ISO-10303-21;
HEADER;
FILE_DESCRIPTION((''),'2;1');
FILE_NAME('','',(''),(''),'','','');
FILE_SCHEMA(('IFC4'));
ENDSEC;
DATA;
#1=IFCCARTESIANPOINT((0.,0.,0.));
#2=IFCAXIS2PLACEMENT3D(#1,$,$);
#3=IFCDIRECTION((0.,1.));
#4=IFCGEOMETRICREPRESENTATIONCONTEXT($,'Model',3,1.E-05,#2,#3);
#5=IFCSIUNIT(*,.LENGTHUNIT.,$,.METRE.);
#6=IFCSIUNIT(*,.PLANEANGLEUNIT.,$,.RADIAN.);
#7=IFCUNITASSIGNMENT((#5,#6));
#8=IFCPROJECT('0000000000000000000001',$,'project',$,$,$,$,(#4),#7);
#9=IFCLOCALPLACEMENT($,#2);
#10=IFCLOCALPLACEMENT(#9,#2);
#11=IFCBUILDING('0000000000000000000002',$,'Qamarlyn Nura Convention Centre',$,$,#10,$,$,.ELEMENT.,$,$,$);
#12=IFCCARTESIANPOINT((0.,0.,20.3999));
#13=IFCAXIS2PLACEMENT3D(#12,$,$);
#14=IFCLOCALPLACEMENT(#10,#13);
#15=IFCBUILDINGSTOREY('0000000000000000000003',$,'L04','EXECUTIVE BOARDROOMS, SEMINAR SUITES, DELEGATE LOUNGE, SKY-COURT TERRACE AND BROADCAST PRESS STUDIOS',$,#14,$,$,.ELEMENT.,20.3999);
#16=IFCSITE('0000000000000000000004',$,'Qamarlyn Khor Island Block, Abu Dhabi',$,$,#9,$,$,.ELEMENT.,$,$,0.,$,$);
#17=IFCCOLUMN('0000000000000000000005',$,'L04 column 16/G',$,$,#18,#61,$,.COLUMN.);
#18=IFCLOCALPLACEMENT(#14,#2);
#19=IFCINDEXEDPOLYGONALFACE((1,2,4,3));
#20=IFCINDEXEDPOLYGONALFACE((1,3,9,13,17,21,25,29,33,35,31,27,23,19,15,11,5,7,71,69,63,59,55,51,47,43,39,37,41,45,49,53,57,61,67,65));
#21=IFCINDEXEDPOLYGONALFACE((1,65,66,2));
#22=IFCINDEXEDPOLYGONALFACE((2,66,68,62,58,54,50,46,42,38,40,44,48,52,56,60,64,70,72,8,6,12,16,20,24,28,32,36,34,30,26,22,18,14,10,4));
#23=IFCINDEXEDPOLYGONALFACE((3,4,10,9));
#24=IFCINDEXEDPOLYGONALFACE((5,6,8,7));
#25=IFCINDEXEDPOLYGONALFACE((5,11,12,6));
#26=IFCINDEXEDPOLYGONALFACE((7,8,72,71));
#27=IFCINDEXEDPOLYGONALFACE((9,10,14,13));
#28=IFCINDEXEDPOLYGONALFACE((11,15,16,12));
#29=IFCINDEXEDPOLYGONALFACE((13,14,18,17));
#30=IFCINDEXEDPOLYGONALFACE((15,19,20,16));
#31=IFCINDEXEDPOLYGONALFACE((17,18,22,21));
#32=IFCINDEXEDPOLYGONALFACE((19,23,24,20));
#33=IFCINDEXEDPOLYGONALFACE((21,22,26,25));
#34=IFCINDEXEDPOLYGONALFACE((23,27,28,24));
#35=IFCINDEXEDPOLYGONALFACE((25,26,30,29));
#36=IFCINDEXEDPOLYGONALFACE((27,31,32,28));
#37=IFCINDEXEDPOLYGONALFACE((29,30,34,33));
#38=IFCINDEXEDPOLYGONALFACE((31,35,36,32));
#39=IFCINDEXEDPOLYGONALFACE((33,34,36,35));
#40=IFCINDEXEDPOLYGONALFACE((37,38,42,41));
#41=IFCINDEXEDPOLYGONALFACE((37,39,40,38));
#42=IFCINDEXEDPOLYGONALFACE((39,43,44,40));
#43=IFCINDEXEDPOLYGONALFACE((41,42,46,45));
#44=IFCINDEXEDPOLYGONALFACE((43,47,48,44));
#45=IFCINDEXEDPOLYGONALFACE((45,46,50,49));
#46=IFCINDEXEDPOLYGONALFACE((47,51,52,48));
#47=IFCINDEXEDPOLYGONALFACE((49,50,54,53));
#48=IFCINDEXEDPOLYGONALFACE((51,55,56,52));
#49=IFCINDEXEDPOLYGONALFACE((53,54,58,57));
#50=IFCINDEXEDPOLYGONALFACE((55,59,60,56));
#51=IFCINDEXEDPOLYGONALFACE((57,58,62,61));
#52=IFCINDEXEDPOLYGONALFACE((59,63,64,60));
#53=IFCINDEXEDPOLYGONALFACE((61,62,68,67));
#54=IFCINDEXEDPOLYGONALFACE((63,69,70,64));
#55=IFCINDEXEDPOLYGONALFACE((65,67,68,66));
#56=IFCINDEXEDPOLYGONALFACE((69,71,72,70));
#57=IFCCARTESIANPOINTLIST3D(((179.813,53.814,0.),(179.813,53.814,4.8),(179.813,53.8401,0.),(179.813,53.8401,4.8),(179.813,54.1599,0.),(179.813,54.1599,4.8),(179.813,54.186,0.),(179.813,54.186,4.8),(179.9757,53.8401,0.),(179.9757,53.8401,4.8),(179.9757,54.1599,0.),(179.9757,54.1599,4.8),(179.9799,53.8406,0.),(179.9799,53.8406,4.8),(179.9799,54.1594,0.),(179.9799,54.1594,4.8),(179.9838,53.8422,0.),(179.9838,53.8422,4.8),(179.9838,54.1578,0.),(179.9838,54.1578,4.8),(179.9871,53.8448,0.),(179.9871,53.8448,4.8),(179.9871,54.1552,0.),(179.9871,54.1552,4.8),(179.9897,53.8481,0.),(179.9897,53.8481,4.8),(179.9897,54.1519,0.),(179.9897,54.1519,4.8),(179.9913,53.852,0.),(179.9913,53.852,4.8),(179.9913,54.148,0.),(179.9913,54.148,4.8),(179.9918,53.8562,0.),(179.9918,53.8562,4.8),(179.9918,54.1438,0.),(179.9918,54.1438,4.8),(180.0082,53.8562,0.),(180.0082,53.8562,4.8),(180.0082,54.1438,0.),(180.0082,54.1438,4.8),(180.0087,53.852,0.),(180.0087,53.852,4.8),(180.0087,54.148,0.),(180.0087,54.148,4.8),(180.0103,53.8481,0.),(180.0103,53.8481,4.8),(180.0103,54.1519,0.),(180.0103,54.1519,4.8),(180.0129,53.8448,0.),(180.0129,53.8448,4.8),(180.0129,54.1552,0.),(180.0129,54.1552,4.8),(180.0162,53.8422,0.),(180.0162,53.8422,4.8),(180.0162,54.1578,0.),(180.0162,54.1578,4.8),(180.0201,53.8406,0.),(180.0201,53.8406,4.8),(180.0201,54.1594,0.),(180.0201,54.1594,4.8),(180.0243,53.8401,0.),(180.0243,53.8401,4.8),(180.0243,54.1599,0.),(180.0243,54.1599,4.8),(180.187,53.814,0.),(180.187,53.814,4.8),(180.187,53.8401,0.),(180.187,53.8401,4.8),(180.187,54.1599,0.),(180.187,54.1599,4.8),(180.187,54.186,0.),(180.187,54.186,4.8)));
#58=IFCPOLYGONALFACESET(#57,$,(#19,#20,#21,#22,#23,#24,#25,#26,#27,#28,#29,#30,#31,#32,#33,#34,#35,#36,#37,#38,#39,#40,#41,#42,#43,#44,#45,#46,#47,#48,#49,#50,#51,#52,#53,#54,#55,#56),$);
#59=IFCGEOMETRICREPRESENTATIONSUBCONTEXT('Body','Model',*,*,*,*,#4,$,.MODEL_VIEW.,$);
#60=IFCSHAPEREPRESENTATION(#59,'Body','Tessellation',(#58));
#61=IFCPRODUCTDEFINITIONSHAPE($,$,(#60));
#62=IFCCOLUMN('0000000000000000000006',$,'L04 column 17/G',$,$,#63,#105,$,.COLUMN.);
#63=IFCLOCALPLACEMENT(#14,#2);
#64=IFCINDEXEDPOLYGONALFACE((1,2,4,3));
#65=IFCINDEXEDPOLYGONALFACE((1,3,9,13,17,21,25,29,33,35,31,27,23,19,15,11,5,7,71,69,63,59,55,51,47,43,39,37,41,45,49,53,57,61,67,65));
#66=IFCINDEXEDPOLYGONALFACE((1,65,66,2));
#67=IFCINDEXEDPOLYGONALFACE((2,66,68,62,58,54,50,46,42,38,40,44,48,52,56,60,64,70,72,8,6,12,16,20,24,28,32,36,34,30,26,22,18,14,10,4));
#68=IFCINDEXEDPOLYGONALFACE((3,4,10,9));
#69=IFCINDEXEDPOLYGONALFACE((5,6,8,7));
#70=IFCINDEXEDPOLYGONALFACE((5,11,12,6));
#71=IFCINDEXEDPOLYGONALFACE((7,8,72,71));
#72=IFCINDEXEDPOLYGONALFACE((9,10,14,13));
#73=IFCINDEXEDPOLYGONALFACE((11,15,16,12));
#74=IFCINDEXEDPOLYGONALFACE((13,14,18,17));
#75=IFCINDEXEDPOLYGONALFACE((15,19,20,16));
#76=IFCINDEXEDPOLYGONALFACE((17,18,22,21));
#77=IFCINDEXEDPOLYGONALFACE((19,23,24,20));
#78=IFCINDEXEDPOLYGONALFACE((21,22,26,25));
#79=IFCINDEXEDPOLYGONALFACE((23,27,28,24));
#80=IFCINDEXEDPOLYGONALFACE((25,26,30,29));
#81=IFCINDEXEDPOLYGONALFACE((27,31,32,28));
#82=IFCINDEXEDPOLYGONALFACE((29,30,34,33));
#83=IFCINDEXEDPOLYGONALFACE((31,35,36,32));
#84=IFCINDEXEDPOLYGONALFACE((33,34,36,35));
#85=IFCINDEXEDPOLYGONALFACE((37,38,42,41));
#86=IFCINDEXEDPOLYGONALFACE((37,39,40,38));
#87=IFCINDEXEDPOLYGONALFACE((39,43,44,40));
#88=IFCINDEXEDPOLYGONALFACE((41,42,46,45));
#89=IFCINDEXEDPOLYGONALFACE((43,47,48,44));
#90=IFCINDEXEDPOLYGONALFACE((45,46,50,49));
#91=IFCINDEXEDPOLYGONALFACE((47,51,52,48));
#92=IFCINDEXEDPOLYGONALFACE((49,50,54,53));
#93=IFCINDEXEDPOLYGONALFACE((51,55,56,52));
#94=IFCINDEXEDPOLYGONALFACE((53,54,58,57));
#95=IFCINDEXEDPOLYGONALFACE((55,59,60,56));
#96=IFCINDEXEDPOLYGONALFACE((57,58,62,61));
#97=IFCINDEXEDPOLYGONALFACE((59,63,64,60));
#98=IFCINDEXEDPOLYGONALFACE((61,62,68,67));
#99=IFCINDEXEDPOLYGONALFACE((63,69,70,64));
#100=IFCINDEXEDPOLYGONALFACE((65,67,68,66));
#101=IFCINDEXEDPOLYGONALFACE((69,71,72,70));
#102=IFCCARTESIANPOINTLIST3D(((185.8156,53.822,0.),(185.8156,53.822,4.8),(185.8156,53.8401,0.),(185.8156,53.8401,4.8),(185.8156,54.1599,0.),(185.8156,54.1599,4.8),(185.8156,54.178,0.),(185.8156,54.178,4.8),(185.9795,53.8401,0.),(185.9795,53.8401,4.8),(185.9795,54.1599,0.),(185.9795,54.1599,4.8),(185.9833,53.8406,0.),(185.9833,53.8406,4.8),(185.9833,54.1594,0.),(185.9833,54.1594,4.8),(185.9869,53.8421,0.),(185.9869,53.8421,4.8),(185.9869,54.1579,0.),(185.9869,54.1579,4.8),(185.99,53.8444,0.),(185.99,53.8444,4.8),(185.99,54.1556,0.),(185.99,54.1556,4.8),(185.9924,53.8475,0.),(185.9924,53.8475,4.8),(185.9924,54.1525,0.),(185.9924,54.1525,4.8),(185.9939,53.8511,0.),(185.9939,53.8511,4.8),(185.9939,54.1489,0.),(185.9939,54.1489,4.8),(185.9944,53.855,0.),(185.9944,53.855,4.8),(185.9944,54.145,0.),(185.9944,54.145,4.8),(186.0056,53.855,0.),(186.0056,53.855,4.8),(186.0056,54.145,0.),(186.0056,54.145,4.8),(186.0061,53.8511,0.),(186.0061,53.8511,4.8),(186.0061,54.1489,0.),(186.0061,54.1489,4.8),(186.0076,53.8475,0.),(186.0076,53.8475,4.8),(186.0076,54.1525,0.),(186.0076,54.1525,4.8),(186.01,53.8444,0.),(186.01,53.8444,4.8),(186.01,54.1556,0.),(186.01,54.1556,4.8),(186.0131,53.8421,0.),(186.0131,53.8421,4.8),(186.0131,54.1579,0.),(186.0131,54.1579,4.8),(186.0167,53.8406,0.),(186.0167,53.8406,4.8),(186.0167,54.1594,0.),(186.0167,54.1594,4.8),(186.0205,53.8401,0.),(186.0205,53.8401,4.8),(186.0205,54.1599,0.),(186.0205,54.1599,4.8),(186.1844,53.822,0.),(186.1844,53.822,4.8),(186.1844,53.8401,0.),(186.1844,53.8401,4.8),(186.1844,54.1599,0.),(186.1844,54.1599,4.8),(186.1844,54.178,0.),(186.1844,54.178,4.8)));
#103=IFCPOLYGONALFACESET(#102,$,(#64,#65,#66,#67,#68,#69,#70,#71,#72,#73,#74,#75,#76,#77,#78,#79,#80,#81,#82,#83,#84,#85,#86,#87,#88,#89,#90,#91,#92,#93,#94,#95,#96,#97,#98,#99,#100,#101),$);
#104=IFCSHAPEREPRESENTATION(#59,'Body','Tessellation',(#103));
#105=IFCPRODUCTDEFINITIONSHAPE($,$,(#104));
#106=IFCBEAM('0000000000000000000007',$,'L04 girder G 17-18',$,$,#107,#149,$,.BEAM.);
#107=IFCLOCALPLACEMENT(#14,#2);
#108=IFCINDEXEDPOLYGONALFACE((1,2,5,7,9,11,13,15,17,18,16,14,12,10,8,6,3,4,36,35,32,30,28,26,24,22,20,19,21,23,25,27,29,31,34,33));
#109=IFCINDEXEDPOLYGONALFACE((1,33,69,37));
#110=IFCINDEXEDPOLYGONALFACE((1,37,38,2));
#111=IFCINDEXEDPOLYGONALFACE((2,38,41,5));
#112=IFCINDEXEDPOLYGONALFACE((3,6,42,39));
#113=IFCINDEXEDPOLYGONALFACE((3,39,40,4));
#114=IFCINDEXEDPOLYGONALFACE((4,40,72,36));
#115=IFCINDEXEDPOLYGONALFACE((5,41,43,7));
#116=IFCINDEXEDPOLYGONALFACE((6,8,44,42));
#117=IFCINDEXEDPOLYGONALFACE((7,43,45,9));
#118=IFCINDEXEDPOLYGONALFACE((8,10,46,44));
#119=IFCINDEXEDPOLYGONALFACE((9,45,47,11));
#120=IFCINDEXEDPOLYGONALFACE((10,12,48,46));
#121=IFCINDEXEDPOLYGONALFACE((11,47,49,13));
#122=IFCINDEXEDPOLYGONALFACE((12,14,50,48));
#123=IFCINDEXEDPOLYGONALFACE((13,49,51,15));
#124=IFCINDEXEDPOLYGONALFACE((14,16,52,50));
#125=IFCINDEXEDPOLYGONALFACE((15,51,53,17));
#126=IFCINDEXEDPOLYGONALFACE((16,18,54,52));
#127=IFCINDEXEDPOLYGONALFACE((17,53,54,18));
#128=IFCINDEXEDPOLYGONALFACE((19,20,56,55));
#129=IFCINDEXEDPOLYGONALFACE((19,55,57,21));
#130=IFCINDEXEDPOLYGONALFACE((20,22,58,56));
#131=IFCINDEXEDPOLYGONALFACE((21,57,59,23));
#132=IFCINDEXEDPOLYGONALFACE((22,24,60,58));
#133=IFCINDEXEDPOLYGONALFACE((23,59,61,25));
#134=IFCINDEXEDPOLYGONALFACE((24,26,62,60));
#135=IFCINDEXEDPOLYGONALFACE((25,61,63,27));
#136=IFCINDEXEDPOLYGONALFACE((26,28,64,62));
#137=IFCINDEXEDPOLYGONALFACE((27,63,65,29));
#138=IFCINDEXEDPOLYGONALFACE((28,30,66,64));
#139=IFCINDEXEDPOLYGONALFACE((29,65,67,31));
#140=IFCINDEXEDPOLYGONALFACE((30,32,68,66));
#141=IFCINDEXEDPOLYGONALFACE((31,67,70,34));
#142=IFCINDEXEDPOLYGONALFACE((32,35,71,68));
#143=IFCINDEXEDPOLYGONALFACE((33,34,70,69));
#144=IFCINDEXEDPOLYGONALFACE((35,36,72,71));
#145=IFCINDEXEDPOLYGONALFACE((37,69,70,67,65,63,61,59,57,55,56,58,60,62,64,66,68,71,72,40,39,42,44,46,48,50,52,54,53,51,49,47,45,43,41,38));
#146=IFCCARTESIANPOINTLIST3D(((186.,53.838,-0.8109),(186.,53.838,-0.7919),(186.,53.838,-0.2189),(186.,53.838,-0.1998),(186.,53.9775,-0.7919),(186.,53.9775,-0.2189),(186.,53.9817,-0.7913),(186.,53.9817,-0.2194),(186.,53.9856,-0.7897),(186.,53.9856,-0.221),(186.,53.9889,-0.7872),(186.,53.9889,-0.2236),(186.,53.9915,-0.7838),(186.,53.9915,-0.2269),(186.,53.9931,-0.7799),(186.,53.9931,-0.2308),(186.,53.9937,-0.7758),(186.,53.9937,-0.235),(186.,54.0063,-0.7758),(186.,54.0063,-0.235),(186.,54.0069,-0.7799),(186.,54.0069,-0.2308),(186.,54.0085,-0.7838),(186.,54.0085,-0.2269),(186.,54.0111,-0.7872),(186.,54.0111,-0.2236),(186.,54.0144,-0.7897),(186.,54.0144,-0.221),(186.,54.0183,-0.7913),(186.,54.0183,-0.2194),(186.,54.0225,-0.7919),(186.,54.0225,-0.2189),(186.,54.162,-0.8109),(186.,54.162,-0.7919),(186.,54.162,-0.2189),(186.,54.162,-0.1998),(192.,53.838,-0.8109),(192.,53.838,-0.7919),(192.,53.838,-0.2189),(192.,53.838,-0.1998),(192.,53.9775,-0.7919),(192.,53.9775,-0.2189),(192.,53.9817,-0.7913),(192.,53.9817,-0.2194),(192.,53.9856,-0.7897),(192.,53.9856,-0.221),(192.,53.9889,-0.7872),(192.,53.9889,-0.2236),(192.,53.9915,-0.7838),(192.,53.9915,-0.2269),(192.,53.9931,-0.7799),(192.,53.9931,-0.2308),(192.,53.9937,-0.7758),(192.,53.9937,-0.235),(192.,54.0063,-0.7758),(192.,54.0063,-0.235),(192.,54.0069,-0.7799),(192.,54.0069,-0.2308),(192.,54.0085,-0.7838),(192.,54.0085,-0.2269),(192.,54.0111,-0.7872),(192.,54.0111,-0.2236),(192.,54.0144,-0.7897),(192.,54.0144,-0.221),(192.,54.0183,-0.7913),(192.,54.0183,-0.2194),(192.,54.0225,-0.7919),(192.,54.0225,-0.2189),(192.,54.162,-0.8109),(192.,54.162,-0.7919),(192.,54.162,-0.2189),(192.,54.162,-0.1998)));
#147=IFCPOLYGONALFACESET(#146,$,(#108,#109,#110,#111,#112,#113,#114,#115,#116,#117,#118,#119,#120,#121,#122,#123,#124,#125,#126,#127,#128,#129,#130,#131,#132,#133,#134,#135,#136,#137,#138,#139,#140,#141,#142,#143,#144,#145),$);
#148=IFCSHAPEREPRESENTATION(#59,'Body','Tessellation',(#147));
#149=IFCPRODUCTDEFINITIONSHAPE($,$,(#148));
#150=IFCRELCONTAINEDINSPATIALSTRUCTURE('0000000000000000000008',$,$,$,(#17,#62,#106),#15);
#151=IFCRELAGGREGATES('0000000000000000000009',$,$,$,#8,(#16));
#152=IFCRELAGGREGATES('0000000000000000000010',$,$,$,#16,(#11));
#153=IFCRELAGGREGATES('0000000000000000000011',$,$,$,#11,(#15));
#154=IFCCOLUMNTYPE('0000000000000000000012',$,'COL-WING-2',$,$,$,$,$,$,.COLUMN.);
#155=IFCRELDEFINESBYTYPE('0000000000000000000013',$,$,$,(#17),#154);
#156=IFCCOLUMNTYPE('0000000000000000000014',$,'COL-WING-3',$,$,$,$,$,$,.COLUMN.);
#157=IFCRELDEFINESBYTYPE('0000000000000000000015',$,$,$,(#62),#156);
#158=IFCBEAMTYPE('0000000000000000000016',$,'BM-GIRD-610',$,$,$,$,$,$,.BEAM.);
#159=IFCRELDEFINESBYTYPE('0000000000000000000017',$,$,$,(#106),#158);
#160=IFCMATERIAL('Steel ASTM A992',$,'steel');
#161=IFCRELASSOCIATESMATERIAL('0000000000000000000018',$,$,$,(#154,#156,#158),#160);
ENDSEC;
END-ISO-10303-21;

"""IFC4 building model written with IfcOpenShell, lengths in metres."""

from ifc_helpers import new_model, si_unit, direction, frame, origin, origin_2d, place, context, subcontext, project, spatial, i_section, extrude, material, material_profile, profile_set, type_object, element, save


model = new_model("IFC4")

# Units and contexts
model_context = context("Model", 3, precision=1e-05, world=origin(), true_north=direction((0.0, 1.0)))
body_context = subcontext(model_context, "Body", "Model", "MODEL_VIEW")
ifc_project = project(units=[si_unit("LENGTHUNIT", "METRE"), si_unit("PLANEANGLEUNIT", "RADIAN")], contexts=[model_context])

# Site, building, storey
site_placement = place(None, origin())
site = spatial("IfcSite", under=ifc_project, at=site_placement, Name="Qamarlyn Khor Island Block, Abu Dhabi", CompositionType="ELEMENT", RefElevation=0.0)
building_placement = place(site_placement, origin())
building = spatial("IfcBuilding", under=site, at=building_placement, Name="Qamarlyn Nura Convention Centre", CompositionType="ELEMENT")
storey_placement = place(building_placement, frame((0.0, 0.0, 20.3999)))
storey = spatial("IfcBuildingStorey", under=building, at=storey_placement, Name="L04", Description="EXECUTIVE BOARDROOMS, SEMINAR SUITES, DELEGATE LOUNGE, SKY-COURT TERRACE AND BROADCAST PRESS STUDIOS", CompositionType="ELEMENT", Elevation=20.3999)

# Columns
ifc_material_1 = material(Name="Steel ASTM A992", Category="steel")
ifc_material_profile_1 = material_profile(ifc_material_1, i_section(OverallWidth=0.374, OverallDepth=0.3721, WebThickness=0.0164, FlangeThickness=0.0261, FilletRadius=0.0161, at=origin_2d()), Name="W360X196")
ifc_profile_set_1 = profile_set([ifc_material_profile_1], Name="Steel ASTM A992")
column_type_1 = type_object("IfcColumnType", Name="COL-WING-2", PredefinedType="COLUMN", material=ifc_profile_set_1)
column_1_placement = place(storey_placement, frame((180.0, 54.0, 0.0), z_axis=(0.0, 0.0, 1.0), x_axis=(1.0, 0.0, 0.0)))
element("IfcColumn", 1, at=column_1_placement, inside=storey, type_object=column_type_1, Name="L04 column 16/G", PredefinedType="COLUMN", context=body_context, shape_type="SweptSolid", body=[
    extrude(i_section(OverallWidth=0.374, OverallDepth=0.3721, WebThickness=0.0164, FlangeThickness=0.0261, FilletRadius=0.0161, at=origin_2d()), origin(), (0.0, 0.0, 1.0), 4.8),
])
ifc_material_profile_2 = material_profile(ifc_material_1, i_section(OverallWidth=0.3689, OverallDepth=0.356, WebThickness=0.0112, FlangeThickness=0.0181, FilletRadius=0.0149, at=origin_2d()), Name="W360X134")
ifc_profile_set_2 = profile_set([ifc_material_profile_2], Name="Steel ASTM A992")
column_type_2 = type_object("IfcColumnType", Name="COL-WING-3", PredefinedType="COLUMN", material=ifc_profile_set_2)
column_2_placement = place(storey_placement, frame((186.0, 54.0, 0.0), z_axis=(0.0, 0.0, 1.0), x_axis=(1.0, 0.0, 0.0)))
element("IfcColumn", 2, at=column_2_placement, inside=storey, type_object=column_type_2, Name="L04 column 17/G", PredefinedType="COLUMN", context=body_context, shape_type="SweptSolid", body=[
    extrude(i_section(OverallWidth=0.3689, OverallDepth=0.356, WebThickness=0.0112, FlangeThickness=0.0181, FilletRadius=0.0149, at=origin_2d()), origin(), (0.0, 0.0, 1.0), 4.8),
])

# Beam
ifc_material_profile_3 = material_profile(ifc_material_1, i_section(OverallWidth=0.324, OverallDepth=0.6111, WebThickness=0.0127, FlangeThickness=0.019, FilletRadius=0.0161, at=origin_2d()), Name="W610X155")
ifc_profile_set_3 = profile_set([ifc_material_profile_3], Name="Steel ASTM A992")
beam_type_1 = type_object("IfcBeamType", Name="BM-GIRD-610", PredefinedType="BEAM", material=ifc_profile_set_3)
beam_1_placement = place(storey_placement, frame((186.0, 54.0, -0.5054), z_axis=(1.0, 0.0, 0.0), x_axis=(0.0, 1.0, 0.0)))
element("IfcBeam", 3, at=beam_1_placement, inside=storey, type_object=beam_type_1, Name="L04 girder G 17-18", PredefinedType="BEAM", context=body_context, shape_type="SweptSolid", body=[
    extrude(i_section(OverallWidth=0.324, OverallDepth=0.6111, WebThickness=0.0127, FlangeThickness=0.019, FilletRadius=0.0161, at=origin_2d()), origin(), (0.0, 0.0, 1.0), 6.0),
])

save(model, "model.ifc")
